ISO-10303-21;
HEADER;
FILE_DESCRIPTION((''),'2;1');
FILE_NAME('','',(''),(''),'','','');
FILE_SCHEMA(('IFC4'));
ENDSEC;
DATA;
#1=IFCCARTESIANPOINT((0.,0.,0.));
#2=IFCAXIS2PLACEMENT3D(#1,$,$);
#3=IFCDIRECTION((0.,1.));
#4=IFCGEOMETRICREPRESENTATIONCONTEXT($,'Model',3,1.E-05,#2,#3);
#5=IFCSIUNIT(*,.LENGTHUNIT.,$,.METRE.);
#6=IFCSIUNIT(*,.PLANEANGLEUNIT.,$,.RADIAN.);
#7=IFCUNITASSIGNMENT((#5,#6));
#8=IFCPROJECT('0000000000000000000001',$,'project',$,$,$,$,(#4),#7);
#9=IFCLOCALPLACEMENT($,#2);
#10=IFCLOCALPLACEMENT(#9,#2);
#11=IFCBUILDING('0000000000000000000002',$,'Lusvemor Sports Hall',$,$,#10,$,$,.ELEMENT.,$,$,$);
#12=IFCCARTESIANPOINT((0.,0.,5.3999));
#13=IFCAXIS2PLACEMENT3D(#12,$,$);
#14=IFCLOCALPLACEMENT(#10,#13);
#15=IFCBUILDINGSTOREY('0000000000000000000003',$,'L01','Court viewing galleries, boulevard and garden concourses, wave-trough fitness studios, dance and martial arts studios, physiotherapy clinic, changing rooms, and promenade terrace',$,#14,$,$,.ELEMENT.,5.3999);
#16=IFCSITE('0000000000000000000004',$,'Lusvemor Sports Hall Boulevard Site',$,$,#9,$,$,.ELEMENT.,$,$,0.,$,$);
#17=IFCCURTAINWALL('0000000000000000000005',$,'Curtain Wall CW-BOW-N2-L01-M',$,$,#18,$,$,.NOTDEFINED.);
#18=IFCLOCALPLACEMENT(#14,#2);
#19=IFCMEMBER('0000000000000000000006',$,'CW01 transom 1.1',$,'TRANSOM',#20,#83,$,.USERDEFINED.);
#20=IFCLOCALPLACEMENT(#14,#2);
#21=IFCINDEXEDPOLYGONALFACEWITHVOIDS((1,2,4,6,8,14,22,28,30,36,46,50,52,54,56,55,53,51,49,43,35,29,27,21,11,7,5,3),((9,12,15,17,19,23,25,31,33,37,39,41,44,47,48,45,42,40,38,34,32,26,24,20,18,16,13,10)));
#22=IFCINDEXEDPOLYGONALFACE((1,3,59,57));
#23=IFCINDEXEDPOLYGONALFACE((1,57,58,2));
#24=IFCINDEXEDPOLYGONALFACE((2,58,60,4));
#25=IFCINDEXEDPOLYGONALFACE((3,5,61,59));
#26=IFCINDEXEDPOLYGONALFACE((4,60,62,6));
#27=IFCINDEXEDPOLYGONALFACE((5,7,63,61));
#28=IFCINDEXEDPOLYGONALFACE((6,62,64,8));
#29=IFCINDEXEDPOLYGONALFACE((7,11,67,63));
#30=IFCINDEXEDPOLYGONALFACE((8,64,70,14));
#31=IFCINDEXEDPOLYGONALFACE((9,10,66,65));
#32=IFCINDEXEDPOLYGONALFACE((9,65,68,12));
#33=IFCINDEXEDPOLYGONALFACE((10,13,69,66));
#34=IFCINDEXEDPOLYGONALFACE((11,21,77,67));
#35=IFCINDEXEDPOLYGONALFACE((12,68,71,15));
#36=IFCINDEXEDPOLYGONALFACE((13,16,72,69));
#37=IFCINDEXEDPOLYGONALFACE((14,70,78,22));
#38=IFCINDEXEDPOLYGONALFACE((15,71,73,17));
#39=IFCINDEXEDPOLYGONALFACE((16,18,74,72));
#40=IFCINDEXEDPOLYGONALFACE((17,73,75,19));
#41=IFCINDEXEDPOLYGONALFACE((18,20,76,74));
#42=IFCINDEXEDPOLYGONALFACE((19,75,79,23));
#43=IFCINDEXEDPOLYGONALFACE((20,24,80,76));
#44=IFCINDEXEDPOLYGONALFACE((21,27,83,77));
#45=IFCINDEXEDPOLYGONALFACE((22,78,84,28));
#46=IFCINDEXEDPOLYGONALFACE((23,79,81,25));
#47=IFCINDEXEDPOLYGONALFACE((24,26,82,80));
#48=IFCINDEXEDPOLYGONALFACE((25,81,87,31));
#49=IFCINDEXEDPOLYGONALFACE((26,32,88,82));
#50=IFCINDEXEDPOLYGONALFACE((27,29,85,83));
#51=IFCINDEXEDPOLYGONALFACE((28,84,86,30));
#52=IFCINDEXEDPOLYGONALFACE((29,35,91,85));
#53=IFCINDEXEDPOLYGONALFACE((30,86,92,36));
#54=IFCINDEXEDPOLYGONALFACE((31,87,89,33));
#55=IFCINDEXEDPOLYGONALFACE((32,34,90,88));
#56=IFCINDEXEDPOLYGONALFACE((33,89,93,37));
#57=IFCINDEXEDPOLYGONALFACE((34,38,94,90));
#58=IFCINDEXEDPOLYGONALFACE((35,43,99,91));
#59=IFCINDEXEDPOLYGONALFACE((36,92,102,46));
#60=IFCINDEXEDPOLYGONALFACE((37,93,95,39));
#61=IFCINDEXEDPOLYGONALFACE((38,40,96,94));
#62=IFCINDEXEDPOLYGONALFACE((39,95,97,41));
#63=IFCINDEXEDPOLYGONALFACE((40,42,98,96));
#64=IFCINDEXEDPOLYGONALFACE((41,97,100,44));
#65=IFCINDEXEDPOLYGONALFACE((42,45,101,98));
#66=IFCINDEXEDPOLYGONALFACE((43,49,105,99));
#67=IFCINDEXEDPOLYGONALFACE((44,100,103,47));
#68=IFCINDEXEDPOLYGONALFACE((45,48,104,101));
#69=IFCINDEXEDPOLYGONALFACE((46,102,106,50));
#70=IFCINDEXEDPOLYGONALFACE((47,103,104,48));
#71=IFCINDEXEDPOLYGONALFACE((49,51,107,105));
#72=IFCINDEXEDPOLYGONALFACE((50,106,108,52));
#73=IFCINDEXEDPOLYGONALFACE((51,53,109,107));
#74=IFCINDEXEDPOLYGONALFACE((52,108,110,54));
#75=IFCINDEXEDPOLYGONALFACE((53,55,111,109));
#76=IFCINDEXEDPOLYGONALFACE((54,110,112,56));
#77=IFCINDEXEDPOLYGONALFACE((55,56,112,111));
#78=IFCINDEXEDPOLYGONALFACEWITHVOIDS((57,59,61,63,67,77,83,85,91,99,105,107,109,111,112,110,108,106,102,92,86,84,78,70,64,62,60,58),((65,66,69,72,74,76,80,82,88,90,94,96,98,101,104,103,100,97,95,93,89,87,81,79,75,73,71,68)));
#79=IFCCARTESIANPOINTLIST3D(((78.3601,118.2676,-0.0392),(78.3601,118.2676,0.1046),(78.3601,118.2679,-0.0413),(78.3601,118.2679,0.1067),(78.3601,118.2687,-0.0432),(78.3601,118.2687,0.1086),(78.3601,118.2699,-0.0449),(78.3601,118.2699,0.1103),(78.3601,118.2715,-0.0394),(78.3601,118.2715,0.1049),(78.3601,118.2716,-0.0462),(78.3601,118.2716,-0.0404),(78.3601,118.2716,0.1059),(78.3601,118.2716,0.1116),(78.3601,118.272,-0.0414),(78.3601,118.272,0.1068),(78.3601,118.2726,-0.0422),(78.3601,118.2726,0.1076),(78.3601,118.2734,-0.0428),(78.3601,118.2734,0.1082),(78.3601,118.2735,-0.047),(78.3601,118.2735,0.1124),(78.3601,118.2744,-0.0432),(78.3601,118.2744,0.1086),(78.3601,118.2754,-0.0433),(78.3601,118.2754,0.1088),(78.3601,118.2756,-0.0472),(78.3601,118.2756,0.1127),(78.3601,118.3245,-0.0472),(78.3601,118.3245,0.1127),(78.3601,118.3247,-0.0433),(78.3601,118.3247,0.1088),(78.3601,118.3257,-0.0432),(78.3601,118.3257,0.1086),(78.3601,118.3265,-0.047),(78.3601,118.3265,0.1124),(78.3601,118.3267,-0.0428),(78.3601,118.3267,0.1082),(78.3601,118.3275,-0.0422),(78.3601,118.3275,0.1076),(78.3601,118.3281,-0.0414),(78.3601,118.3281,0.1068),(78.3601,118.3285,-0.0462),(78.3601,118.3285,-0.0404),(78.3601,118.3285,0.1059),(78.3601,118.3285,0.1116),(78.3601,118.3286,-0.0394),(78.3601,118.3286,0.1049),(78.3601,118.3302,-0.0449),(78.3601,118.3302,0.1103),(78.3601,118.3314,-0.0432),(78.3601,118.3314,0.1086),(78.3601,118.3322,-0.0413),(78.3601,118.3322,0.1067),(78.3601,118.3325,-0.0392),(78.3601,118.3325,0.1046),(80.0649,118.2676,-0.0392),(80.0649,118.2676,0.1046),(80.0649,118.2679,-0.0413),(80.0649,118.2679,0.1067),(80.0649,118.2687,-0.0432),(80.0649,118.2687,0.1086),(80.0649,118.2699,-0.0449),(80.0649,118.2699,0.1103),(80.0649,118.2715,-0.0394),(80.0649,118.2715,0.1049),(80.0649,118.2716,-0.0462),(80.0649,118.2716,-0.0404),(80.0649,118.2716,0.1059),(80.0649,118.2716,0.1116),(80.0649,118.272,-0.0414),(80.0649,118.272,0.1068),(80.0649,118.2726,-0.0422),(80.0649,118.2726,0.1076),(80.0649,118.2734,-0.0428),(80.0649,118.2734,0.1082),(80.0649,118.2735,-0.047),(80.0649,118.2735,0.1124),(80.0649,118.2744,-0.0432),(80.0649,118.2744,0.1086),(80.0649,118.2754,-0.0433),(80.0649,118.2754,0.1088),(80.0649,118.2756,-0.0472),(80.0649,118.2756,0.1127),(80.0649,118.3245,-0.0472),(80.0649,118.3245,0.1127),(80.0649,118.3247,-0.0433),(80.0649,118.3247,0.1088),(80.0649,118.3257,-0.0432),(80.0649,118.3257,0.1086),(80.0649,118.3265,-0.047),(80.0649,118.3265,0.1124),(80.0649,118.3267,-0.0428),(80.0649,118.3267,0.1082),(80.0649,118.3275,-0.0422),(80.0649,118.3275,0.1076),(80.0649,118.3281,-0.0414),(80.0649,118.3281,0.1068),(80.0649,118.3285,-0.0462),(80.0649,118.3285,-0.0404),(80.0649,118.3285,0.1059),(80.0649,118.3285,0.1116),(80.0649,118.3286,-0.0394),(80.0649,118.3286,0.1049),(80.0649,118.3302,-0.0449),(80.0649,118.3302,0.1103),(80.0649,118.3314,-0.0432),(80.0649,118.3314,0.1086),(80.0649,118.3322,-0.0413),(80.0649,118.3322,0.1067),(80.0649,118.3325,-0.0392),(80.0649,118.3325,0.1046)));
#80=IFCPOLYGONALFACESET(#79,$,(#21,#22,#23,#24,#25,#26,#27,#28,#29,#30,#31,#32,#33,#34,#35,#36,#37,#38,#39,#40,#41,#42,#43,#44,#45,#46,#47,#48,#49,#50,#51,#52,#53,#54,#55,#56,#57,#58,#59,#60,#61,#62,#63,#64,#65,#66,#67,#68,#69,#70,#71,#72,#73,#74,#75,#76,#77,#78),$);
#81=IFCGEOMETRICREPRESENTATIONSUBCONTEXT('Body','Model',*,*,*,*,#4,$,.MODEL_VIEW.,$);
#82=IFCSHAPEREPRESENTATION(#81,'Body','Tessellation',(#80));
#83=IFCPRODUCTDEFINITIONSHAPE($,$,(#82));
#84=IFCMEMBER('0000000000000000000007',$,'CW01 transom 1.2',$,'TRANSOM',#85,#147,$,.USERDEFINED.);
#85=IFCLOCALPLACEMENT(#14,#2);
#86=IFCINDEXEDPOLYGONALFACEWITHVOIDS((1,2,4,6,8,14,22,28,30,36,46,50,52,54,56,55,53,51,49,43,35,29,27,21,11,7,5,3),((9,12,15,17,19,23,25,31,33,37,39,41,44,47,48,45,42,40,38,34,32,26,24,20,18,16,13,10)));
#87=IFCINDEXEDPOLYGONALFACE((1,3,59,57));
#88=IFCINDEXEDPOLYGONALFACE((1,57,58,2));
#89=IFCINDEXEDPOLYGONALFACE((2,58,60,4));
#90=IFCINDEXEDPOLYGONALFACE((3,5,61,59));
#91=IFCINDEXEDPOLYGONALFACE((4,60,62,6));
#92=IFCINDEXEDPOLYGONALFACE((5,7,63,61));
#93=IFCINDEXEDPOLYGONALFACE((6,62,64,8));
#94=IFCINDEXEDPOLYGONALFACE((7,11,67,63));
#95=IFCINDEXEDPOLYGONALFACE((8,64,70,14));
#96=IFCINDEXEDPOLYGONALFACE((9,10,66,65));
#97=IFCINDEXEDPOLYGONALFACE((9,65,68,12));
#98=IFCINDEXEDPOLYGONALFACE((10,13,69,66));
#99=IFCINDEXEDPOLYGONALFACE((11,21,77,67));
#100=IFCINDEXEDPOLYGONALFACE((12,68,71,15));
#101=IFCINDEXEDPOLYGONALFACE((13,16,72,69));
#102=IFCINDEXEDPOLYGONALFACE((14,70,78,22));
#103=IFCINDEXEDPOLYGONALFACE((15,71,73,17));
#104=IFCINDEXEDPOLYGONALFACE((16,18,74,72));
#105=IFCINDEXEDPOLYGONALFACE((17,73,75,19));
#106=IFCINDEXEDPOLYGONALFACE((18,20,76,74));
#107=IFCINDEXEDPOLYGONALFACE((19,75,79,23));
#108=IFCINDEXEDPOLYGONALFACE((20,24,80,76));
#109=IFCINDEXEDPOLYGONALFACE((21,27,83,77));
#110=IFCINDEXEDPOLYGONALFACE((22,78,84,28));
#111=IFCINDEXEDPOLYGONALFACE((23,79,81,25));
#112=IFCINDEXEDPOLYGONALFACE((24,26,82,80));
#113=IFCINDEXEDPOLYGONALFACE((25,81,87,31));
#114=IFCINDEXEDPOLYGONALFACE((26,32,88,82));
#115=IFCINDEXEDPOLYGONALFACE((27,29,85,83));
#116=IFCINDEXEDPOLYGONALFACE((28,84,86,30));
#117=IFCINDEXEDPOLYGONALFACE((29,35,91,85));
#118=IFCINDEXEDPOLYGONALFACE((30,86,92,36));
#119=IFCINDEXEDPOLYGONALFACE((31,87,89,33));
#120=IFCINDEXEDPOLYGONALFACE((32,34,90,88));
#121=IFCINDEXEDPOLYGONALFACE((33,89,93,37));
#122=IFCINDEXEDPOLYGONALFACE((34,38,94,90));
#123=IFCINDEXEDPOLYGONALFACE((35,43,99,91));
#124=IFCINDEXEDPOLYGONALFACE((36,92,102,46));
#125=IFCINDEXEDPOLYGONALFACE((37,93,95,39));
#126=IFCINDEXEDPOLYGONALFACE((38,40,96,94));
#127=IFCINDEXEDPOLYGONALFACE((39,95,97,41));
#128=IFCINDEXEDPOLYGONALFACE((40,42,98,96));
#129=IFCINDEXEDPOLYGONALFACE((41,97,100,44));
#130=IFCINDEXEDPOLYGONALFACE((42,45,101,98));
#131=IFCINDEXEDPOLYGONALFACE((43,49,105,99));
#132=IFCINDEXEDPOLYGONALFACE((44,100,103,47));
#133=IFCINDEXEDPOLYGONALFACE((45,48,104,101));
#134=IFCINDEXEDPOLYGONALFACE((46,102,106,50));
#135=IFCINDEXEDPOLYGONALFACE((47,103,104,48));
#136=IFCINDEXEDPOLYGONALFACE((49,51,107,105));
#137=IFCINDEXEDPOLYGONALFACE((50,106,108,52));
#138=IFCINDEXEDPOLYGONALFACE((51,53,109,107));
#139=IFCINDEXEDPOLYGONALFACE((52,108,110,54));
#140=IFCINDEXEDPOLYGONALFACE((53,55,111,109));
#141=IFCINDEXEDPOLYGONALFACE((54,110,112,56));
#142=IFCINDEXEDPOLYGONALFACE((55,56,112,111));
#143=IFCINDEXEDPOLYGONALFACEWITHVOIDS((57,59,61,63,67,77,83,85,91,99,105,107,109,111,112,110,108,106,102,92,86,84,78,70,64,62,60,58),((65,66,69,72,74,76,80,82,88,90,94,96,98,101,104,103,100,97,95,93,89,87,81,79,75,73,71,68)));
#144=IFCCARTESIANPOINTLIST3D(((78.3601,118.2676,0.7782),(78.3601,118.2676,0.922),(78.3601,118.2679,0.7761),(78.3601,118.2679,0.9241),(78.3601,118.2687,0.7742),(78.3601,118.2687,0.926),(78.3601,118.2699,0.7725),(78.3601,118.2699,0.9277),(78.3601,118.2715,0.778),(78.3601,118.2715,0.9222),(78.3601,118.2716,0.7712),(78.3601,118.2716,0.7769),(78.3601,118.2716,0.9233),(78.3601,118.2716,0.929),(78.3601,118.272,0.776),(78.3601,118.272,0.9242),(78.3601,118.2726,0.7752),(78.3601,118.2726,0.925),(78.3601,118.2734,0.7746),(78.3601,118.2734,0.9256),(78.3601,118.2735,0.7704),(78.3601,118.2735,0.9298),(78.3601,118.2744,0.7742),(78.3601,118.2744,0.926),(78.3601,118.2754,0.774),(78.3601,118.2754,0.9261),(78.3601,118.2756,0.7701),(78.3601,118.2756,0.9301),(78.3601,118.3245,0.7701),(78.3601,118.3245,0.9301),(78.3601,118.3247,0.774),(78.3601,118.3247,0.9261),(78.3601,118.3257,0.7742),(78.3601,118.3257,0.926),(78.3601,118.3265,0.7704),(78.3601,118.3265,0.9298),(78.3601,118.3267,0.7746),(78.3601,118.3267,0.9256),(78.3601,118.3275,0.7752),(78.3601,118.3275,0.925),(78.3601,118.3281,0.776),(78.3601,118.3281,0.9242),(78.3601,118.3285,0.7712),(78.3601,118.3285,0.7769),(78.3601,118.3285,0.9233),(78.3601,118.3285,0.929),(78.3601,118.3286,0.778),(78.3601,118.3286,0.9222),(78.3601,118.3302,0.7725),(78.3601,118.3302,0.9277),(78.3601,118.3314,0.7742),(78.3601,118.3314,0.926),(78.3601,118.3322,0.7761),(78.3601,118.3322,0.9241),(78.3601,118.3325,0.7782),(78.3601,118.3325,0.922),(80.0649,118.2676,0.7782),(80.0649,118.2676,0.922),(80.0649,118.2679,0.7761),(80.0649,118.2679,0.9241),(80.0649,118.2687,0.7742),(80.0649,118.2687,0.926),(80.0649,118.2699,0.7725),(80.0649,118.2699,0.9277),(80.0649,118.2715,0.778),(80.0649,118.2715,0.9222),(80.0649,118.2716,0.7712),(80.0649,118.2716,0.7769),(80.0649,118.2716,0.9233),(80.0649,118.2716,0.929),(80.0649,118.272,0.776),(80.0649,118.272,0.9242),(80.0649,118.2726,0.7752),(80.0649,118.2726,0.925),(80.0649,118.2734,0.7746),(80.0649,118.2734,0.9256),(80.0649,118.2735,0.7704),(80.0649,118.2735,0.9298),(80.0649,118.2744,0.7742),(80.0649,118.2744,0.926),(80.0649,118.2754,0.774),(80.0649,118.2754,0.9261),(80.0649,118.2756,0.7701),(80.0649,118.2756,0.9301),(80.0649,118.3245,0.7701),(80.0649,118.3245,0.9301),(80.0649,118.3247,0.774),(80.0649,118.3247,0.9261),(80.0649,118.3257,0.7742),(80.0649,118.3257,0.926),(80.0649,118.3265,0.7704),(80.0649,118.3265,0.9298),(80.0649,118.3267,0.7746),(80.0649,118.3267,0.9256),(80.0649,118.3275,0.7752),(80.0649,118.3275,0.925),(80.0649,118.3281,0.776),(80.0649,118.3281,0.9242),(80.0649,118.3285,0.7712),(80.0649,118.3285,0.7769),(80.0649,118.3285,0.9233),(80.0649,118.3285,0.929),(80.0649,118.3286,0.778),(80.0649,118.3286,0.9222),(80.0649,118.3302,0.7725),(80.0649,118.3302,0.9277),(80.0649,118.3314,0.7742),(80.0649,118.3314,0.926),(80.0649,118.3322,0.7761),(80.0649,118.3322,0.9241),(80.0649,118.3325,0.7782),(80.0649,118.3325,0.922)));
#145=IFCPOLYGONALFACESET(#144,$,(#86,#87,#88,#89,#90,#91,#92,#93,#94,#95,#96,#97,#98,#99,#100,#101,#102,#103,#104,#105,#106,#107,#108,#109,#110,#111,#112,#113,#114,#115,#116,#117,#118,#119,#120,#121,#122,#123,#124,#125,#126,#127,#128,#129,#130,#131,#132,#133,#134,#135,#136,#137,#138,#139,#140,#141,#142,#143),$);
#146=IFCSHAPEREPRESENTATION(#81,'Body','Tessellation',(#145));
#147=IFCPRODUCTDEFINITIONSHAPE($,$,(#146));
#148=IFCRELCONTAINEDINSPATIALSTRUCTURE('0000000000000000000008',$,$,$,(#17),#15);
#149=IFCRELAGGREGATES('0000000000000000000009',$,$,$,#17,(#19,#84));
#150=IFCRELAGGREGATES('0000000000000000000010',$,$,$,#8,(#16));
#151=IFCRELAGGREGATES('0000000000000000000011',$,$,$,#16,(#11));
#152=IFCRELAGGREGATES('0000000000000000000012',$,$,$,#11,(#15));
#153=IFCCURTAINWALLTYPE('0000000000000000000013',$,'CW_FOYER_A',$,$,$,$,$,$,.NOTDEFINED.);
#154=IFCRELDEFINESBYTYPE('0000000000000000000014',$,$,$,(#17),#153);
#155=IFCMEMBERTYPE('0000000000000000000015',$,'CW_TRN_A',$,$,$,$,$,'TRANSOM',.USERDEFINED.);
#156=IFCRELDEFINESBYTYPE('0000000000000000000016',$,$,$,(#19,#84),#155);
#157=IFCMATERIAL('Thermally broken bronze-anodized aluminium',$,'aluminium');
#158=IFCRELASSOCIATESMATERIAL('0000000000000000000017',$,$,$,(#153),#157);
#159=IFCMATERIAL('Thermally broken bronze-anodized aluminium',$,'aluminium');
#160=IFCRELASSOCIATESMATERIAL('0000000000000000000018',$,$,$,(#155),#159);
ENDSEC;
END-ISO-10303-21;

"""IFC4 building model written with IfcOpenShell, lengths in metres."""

from ifc_helpers import new_model, si_unit, direction, frame, origin, origin_2d, place, context, subcontext, project, spatial, hollow_rectangle, extrude, material, material_profile, profile_set, type_object, element, aggregate, save


model = new_model("IFC4")

# Units and contexts
model_context = context("Model", 3, precision=1e-05, world=origin(), true_north=direction((0.0, 1.0)))
body_context = subcontext(model_context, "Body", "Model", "MODEL_VIEW")
ifc_project = project(units=[si_unit("LENGTHUNIT", "METRE"), si_unit("PLANEANGLEUNIT", "RADIAN")], contexts=[model_context])

# Site, building, storey
site_placement = place(None, origin())
site = spatial("IfcSite", under=ifc_project, at=site_placement, Name="Lusvemor Sports Hall Boulevard Site", CompositionType="ELEMENT", RefElevation=0.0)
building_placement = place(site_placement, origin())
building = spatial("IfcBuilding", under=site, at=building_placement, Name="Lusvemor Sports Hall", CompositionType="ELEMENT")
storey_placement = place(building_placement, frame((0.0, 0.0, 5.3999)))
storey = spatial("IfcBuildingStorey", under=building, at=storey_placement, Name="L01", Description="Court viewing galleries, boulevard and garden concourses, wave-trough fitness studios, dance and martial arts studios, physiotherapy clinic, changing rooms, and promenade terrace", CompositionType="ELEMENT", Elevation=5.3999)

# Curtain wall, members
ifc_material_1 = material(Name="Thermally broken bronze-anodized aluminium", Category="aluminium")
curtain_wall_type = type_object("IfcCurtainWallType", Name="CW_FOYER_A", PredefinedType="NOTDEFINED", material=ifc_material_1)
curtain_wall_placement = place(storey_placement, origin())
curtain_wall = element("IfcCurtainWall", 1, at=curtain_wall_placement, inside=storey, type_object=curtain_wall_type, Name="Curtain Wall CW-BOW-N2-L01-M", PredefinedType="NOTDEFINED")
ifc_material_2 = material(Name="Thermally broken bronze-anodized aluminium", Category="aluminium")
ifc_material_profile_1 = material_profile(ifc_material_2, hollow_rectangle(XDim=0.0649, YDim=0.1599, WallThickness=0.0039, InnerFilletRadius=0.0039, OuterFilletRadius=0.0081, at=origin_2d()), Name="CWTRN160x65x4")
ifc_profile_set_1 = profile_set([ifc_material_profile_1], Name="Thermally broken bronze-anodized aluminium")
member_type_1 = type_object("IfcMemberType", Name="CW_TRN_A", ElementType="TRANSOM", PredefinedType="USERDEFINED", material=ifc_profile_set_1)
member_1_placement = place(storey_placement, frame((78.3601, 118.3, 0.0327), z_axis=(1.0, 0.0, 0.0), x_axis=(0.0, 1.0, 0.0)))
member_1 = element("IfcMember", 2, at=member_1_placement, type_object=member_type_1, Name="CW01 transom 1.1", ObjectType="TRANSOM", PredefinedType="USERDEFINED", context=body_context, shape_type="SweptSolid", body=[
    extrude(hollow_rectangle(XDim=0.0649, YDim=0.1599, WallThickness=0.0039, InnerFilletRadius=0.0039, OuterFilletRadius=0.0081, at=origin_2d()), origin(), (0.0, 0.0, 1.0), 1.7048),
])
member_2_placement = place(storey_placement, frame((78.3601, 118.3, 0.8501), z_axis=(1.0, 0.0, 0.0), x_axis=(0.0, 1.0, 0.0)))
member_2 = element("IfcMember", 3, at=member_2_placement, type_object=member_type_1, Name="CW01 transom 1.2", ObjectType="TRANSOM", PredefinedType="USERDEFINED", context=body_context, shape_type="SweptSolid", body=[
    extrude(hollow_rectangle(XDim=0.0649, YDim=0.1599, WallThickness=0.0039, InnerFilletRadius=0.0039, OuterFilletRadius=0.0081, at=origin_2d()), origin(), (0.0, 0.0, 1.0), 1.7048),
])

aggregate(curtain_wall, [member_1, member_2])

save(model, "model.ifc")
